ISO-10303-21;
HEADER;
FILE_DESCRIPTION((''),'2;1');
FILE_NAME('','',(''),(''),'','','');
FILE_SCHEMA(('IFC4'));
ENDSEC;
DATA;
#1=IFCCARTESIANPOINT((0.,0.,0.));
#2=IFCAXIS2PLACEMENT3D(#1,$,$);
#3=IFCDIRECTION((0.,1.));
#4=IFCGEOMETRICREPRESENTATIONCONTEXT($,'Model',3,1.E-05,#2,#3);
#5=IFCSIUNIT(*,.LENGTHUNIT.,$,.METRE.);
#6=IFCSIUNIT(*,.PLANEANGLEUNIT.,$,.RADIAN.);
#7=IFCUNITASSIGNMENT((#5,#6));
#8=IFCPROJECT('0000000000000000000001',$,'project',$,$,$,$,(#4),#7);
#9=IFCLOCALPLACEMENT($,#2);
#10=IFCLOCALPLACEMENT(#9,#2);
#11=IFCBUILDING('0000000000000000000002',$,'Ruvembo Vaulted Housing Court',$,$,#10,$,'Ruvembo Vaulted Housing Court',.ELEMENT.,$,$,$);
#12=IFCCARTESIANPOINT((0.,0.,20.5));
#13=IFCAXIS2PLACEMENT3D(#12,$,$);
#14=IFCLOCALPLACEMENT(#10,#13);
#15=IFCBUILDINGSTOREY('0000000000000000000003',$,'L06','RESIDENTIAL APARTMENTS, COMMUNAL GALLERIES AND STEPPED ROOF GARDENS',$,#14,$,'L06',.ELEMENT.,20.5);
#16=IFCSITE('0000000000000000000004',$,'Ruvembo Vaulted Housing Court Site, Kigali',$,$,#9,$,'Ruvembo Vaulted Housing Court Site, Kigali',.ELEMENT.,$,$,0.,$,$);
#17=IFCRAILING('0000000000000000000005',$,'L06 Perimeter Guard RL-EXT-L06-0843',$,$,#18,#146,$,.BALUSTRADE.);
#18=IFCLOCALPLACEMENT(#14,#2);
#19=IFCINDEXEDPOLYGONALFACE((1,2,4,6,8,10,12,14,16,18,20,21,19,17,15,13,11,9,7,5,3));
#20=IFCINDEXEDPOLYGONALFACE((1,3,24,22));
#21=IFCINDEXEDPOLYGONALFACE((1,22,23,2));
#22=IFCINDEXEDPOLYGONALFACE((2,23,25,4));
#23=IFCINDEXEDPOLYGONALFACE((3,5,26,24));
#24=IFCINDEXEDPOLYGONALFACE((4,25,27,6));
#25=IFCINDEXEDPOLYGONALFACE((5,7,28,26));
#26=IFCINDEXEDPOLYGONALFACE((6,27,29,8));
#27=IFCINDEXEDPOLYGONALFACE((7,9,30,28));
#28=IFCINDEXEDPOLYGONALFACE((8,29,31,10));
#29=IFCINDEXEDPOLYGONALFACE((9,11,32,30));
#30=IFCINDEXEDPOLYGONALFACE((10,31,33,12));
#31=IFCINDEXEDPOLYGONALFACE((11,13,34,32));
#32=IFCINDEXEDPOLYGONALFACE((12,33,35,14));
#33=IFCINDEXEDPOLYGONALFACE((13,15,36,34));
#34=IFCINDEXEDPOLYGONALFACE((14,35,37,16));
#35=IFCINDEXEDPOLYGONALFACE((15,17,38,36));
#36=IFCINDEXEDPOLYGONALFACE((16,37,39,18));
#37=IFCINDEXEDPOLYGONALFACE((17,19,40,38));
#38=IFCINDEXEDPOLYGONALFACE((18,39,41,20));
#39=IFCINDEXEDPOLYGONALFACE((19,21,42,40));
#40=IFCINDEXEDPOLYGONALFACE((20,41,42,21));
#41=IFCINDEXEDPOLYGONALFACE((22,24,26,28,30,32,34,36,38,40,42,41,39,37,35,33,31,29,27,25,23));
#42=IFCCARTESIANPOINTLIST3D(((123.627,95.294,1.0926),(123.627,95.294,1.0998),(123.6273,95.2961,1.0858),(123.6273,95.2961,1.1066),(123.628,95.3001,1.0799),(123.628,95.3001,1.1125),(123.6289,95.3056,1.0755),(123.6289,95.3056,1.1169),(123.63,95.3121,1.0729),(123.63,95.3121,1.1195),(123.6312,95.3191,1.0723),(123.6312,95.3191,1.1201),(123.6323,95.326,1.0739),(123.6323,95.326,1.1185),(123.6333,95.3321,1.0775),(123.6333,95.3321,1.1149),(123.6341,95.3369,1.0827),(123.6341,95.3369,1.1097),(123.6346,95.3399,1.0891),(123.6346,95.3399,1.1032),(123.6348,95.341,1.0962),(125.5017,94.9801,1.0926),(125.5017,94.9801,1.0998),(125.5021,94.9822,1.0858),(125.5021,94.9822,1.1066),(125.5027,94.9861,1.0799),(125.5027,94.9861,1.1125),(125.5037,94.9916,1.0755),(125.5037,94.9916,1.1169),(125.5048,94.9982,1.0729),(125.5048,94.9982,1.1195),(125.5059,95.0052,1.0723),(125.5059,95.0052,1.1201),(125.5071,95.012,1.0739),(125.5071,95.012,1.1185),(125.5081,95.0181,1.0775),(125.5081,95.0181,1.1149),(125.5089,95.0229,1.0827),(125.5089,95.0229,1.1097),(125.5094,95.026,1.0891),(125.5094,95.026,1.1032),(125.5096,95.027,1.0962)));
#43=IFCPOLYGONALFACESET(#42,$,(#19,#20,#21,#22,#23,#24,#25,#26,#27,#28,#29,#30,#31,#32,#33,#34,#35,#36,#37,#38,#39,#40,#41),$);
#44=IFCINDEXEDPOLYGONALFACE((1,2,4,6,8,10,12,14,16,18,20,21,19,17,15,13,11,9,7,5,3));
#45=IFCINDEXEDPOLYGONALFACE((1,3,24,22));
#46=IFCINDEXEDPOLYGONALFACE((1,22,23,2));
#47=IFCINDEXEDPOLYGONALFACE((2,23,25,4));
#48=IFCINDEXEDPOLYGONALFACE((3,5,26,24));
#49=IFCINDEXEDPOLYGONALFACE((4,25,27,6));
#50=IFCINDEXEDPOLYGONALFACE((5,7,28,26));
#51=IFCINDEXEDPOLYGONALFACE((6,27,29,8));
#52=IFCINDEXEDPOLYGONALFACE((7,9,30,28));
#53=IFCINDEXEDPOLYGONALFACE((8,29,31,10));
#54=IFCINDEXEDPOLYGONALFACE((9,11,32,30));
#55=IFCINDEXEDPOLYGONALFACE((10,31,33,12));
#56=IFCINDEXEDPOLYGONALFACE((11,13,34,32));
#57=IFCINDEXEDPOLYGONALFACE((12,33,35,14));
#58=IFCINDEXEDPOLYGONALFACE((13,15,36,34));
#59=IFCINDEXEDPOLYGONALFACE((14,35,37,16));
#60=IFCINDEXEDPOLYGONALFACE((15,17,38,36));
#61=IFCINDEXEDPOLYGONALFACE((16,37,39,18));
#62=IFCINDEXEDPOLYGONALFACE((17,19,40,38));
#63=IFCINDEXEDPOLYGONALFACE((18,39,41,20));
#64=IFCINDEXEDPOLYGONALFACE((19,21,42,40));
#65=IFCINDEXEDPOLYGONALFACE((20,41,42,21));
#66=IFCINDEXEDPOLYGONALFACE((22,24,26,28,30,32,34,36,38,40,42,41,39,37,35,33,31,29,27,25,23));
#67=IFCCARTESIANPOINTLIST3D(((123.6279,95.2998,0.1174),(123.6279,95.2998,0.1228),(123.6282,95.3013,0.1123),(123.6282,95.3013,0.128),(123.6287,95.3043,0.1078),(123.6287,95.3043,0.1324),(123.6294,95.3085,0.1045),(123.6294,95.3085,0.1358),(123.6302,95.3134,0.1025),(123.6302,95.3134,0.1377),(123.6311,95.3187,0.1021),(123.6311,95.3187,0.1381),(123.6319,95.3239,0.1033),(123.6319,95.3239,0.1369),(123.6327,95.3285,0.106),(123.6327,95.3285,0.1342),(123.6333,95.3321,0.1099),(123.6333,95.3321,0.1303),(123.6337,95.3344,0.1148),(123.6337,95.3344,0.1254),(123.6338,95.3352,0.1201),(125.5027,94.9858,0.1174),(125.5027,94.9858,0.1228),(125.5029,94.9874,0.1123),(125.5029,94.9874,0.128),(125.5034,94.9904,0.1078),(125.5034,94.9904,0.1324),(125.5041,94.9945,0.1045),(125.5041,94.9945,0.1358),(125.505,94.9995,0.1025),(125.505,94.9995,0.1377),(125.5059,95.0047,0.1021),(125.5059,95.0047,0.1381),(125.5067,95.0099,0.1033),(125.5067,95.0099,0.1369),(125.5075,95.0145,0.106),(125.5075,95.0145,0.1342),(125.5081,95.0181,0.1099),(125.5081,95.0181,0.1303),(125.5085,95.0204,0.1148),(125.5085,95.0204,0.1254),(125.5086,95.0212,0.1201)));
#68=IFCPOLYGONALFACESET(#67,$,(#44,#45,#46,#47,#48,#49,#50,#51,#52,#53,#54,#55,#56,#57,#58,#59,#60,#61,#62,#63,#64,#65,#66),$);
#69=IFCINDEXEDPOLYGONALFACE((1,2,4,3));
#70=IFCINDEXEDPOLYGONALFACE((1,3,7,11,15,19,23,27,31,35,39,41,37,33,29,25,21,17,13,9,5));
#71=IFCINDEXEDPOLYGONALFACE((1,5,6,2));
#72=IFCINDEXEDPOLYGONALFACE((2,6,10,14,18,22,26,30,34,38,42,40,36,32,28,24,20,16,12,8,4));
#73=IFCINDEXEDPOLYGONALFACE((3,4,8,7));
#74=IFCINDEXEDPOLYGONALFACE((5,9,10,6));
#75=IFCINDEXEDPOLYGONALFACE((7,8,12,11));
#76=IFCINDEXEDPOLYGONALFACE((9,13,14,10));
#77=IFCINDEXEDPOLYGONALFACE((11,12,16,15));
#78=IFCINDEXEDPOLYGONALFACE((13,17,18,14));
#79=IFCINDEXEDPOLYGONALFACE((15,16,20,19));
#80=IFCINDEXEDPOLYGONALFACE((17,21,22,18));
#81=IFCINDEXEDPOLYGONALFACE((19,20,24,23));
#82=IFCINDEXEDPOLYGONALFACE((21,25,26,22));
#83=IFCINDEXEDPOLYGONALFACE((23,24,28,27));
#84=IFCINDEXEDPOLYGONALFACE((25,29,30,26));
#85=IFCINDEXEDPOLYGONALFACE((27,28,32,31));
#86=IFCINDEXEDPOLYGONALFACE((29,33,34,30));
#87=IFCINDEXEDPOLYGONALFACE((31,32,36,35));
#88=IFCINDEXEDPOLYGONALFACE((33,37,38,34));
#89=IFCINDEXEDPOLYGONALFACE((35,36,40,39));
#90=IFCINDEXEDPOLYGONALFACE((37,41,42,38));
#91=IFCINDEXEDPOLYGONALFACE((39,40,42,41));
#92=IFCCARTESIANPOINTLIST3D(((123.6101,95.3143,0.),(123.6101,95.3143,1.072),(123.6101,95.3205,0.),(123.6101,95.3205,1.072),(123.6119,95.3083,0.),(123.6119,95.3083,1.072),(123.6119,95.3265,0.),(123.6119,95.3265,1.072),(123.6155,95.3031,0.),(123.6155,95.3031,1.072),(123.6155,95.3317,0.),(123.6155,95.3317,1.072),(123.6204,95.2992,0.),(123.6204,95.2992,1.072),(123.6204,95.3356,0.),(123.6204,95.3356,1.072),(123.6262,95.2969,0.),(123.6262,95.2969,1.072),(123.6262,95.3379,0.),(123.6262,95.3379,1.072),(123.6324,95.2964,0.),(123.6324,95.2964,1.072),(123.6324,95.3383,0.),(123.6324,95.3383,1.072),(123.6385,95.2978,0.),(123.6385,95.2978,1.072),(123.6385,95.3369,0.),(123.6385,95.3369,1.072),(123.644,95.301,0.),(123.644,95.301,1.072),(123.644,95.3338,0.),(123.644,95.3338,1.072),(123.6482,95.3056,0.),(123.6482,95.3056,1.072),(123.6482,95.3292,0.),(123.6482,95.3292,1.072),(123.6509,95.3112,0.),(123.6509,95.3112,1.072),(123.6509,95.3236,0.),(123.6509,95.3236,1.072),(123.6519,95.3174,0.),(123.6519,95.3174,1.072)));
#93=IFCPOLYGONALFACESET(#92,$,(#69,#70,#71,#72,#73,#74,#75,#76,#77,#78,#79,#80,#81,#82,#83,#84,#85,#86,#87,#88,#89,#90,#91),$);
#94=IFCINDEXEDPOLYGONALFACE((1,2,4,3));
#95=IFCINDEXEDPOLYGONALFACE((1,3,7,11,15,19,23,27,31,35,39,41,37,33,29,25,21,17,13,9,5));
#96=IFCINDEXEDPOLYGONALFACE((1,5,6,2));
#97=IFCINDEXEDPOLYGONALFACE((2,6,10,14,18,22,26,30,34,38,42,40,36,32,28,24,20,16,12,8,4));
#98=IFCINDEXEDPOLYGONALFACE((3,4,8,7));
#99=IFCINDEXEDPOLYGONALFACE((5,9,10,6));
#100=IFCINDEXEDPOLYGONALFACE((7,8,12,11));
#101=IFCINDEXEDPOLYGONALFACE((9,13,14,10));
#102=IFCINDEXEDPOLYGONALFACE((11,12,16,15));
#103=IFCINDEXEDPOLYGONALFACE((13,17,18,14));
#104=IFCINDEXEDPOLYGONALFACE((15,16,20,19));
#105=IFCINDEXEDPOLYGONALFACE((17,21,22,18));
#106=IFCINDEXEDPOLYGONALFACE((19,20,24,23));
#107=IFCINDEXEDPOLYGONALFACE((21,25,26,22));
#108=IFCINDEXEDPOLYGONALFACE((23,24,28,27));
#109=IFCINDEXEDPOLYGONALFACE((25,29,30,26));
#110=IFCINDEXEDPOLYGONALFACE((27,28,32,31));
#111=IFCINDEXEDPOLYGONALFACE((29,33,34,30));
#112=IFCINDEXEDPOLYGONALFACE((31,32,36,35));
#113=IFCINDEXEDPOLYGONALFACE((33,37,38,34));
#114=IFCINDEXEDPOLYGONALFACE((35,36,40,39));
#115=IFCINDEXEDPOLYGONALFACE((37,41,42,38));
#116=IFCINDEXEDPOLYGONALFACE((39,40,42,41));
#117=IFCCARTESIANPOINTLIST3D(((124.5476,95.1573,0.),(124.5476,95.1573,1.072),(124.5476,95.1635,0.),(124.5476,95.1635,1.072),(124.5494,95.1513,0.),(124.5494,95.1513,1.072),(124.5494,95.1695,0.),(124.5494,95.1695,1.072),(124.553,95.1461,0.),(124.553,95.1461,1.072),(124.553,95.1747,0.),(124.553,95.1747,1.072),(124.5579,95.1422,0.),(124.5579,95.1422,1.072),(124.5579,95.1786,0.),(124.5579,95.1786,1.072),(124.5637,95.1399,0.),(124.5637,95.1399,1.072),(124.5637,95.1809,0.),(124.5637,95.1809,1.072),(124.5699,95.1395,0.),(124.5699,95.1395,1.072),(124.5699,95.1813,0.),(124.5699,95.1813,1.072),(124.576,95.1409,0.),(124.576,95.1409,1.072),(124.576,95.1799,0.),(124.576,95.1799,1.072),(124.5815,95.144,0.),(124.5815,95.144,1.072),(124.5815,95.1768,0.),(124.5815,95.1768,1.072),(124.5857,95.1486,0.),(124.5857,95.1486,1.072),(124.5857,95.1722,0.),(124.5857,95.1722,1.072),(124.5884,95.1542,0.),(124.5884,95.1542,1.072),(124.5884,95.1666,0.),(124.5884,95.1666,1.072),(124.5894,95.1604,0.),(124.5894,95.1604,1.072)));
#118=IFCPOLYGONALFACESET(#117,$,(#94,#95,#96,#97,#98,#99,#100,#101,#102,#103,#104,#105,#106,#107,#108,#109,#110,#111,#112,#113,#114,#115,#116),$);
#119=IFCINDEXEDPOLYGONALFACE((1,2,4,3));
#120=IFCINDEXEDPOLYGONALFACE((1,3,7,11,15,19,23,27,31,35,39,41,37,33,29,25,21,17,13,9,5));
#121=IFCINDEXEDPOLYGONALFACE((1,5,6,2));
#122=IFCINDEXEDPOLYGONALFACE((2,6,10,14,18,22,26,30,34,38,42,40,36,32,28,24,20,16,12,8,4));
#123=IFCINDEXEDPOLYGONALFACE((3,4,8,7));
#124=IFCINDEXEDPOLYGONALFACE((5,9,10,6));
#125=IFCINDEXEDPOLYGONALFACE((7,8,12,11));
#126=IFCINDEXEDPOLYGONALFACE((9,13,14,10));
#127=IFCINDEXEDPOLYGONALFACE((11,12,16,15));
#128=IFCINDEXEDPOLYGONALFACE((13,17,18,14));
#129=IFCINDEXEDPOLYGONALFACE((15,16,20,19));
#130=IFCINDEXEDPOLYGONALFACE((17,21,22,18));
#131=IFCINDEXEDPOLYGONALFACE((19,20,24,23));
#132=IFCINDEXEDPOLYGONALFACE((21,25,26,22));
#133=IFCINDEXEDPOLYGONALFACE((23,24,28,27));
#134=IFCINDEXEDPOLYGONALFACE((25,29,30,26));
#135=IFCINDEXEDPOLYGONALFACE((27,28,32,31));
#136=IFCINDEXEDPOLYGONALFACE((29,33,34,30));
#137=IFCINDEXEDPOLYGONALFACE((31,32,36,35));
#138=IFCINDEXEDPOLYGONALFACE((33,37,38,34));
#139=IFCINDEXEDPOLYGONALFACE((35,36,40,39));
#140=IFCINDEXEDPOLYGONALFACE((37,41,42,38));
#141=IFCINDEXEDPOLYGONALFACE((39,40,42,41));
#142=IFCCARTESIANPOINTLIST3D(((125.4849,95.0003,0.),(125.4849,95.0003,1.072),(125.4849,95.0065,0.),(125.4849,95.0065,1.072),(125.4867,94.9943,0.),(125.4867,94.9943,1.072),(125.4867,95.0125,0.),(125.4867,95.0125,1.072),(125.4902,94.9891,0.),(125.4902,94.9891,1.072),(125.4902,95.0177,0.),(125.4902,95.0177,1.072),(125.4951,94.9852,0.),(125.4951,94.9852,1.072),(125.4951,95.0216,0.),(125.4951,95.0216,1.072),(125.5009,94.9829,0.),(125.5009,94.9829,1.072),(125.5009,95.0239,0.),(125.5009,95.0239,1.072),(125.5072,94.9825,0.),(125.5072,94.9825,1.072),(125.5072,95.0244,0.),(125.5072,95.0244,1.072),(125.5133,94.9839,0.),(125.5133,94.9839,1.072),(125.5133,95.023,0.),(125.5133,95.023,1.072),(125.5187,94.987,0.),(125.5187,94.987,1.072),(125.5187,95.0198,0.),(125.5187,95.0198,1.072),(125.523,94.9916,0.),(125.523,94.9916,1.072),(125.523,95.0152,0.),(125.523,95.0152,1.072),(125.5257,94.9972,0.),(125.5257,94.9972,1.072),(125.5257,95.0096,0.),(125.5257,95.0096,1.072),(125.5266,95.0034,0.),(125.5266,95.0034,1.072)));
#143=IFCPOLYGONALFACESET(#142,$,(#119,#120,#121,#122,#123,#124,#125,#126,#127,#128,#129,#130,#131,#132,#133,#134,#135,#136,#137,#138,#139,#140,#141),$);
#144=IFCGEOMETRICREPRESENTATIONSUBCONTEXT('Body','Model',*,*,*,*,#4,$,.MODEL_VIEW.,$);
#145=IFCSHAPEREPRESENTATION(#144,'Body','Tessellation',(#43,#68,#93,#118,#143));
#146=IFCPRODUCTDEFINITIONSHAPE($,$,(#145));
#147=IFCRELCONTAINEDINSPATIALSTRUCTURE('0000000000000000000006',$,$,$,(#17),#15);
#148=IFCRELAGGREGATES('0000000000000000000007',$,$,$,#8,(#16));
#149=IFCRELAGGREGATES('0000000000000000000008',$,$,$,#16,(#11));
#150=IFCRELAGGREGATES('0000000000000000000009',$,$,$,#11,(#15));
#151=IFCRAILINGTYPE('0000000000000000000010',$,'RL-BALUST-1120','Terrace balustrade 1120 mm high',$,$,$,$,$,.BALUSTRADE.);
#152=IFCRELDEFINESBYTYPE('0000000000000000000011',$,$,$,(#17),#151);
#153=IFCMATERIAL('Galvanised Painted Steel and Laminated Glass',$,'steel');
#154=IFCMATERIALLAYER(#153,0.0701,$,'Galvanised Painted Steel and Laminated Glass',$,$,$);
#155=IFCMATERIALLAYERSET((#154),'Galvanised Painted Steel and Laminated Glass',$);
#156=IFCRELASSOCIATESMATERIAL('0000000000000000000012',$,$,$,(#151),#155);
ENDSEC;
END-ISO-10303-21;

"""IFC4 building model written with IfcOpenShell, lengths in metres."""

from ifc_helpers import new_model, si_unit, direction, frame, origin, origin_2d, place, context, subcontext, project, spatial, circle, extrude, material, layer, layer_set, type_object, element, save


model = new_model("IFC4")

# Units and contexts
model_context = context("Model", 3, precision=1e-05, world=origin(), true_north=direction((0.0, 1.0)))
body_context = subcontext(model_context, "Body", "Model", "MODEL_VIEW")
ifc_project = project(units=[si_unit("LENGTHUNIT", "METRE"), si_unit("PLANEANGLEUNIT", "RADIAN")], contexts=[model_context])

# Site, building, storey
site_placement = place(None, origin())
site = spatial("IfcSite", under=ifc_project, at=site_placement, Name="Ruvembo Vaulted Housing Court Site, Kigali", LongName="Ruvembo Vaulted Housing Court Site, Kigali", CompositionType="ELEMENT", RefElevation=0.0)
building_placement = place(site_placement, origin())
building = spatial("IfcBuilding", under=site, at=building_placement, Name="Ruvembo Vaulted Housing Court", LongName="Ruvembo Vaulted Housing Court", CompositionType="ELEMENT")
storey_placement = place(building_placement, frame((0.0, 0.0, 20.5)))
storey = spatial("IfcBuildingStorey", under=building, at=storey_placement, Name="L06", Description="RESIDENTIAL APARTMENTS, COMMUNAL GALLERIES AND STEPPED ROOF GARDENS", LongName="L06", CompositionType="ELEMENT", Elevation=20.5)

# Railing
ifc_material_1 = material(Name="Galvanised Painted Steel and Laminated Glass", Category="steel")
ifc_layer = layer(ifc_material_1, 0.0701, Name="Galvanised Painted Steel and Laminated Glass")
ifc_layer_set = layer_set([ifc_layer], Name="Galvanised Painted Steel and Laminated Glass")
railing_type = type_object("IfcRailingType", Name="RL-BALUST-1120", Description="Terrace balustrade 1120 mm high", PredefinedType="BALUSTRADE", material=ifc_layer_set)
railing_1_placement = place(storey_placement, frame((123.6309, 95.3174, 0.0)))
element("IfcRailing", 1, at=railing_1_placement, inside=storey, type_object=railing_type, Name="L06 Perimeter Guard RL-EXT-L06-0843", PredefinedType="BALUSTRADE", context=body_context, shape_type="SweptSolid", body=[
    extrude(circle(Radius=0.0239, at=origin_2d()), frame((0.0, 0.0, 1.0962), z_axis=(0.986265, -0.16517, 0.0), x_axis=(0.16517, 0.986265, 0.0)), (0.0, 0.0, 1.0), 1.9009),
    extrude(circle(Radius=0.0181, at=origin_2d()), frame((0.0, 0.0, 0.1201), z_axis=(0.986265, -0.16517, 0.0), x_axis=(0.16517, 0.986265, 0.0)), (0.0, 0.0, 1.0), 1.9009),
    extrude(circle(Radius=0.021, at=origin_2d()), origin(), (0.0, 0.0, 1.0), 1.072),
    extrude(circle(Radius=0.021, at=origin_2d()), frame((0.9375, -0.157, 0.0)), (0.0, 0.0, 1.0), 1.072),
    extrude(circle(Radius=0.021, at=origin_2d()), frame((1.8748, -0.314, 0.0)), (0.0, 0.0, 1.0), 1.072),
])

save(model, "model.ifc")
